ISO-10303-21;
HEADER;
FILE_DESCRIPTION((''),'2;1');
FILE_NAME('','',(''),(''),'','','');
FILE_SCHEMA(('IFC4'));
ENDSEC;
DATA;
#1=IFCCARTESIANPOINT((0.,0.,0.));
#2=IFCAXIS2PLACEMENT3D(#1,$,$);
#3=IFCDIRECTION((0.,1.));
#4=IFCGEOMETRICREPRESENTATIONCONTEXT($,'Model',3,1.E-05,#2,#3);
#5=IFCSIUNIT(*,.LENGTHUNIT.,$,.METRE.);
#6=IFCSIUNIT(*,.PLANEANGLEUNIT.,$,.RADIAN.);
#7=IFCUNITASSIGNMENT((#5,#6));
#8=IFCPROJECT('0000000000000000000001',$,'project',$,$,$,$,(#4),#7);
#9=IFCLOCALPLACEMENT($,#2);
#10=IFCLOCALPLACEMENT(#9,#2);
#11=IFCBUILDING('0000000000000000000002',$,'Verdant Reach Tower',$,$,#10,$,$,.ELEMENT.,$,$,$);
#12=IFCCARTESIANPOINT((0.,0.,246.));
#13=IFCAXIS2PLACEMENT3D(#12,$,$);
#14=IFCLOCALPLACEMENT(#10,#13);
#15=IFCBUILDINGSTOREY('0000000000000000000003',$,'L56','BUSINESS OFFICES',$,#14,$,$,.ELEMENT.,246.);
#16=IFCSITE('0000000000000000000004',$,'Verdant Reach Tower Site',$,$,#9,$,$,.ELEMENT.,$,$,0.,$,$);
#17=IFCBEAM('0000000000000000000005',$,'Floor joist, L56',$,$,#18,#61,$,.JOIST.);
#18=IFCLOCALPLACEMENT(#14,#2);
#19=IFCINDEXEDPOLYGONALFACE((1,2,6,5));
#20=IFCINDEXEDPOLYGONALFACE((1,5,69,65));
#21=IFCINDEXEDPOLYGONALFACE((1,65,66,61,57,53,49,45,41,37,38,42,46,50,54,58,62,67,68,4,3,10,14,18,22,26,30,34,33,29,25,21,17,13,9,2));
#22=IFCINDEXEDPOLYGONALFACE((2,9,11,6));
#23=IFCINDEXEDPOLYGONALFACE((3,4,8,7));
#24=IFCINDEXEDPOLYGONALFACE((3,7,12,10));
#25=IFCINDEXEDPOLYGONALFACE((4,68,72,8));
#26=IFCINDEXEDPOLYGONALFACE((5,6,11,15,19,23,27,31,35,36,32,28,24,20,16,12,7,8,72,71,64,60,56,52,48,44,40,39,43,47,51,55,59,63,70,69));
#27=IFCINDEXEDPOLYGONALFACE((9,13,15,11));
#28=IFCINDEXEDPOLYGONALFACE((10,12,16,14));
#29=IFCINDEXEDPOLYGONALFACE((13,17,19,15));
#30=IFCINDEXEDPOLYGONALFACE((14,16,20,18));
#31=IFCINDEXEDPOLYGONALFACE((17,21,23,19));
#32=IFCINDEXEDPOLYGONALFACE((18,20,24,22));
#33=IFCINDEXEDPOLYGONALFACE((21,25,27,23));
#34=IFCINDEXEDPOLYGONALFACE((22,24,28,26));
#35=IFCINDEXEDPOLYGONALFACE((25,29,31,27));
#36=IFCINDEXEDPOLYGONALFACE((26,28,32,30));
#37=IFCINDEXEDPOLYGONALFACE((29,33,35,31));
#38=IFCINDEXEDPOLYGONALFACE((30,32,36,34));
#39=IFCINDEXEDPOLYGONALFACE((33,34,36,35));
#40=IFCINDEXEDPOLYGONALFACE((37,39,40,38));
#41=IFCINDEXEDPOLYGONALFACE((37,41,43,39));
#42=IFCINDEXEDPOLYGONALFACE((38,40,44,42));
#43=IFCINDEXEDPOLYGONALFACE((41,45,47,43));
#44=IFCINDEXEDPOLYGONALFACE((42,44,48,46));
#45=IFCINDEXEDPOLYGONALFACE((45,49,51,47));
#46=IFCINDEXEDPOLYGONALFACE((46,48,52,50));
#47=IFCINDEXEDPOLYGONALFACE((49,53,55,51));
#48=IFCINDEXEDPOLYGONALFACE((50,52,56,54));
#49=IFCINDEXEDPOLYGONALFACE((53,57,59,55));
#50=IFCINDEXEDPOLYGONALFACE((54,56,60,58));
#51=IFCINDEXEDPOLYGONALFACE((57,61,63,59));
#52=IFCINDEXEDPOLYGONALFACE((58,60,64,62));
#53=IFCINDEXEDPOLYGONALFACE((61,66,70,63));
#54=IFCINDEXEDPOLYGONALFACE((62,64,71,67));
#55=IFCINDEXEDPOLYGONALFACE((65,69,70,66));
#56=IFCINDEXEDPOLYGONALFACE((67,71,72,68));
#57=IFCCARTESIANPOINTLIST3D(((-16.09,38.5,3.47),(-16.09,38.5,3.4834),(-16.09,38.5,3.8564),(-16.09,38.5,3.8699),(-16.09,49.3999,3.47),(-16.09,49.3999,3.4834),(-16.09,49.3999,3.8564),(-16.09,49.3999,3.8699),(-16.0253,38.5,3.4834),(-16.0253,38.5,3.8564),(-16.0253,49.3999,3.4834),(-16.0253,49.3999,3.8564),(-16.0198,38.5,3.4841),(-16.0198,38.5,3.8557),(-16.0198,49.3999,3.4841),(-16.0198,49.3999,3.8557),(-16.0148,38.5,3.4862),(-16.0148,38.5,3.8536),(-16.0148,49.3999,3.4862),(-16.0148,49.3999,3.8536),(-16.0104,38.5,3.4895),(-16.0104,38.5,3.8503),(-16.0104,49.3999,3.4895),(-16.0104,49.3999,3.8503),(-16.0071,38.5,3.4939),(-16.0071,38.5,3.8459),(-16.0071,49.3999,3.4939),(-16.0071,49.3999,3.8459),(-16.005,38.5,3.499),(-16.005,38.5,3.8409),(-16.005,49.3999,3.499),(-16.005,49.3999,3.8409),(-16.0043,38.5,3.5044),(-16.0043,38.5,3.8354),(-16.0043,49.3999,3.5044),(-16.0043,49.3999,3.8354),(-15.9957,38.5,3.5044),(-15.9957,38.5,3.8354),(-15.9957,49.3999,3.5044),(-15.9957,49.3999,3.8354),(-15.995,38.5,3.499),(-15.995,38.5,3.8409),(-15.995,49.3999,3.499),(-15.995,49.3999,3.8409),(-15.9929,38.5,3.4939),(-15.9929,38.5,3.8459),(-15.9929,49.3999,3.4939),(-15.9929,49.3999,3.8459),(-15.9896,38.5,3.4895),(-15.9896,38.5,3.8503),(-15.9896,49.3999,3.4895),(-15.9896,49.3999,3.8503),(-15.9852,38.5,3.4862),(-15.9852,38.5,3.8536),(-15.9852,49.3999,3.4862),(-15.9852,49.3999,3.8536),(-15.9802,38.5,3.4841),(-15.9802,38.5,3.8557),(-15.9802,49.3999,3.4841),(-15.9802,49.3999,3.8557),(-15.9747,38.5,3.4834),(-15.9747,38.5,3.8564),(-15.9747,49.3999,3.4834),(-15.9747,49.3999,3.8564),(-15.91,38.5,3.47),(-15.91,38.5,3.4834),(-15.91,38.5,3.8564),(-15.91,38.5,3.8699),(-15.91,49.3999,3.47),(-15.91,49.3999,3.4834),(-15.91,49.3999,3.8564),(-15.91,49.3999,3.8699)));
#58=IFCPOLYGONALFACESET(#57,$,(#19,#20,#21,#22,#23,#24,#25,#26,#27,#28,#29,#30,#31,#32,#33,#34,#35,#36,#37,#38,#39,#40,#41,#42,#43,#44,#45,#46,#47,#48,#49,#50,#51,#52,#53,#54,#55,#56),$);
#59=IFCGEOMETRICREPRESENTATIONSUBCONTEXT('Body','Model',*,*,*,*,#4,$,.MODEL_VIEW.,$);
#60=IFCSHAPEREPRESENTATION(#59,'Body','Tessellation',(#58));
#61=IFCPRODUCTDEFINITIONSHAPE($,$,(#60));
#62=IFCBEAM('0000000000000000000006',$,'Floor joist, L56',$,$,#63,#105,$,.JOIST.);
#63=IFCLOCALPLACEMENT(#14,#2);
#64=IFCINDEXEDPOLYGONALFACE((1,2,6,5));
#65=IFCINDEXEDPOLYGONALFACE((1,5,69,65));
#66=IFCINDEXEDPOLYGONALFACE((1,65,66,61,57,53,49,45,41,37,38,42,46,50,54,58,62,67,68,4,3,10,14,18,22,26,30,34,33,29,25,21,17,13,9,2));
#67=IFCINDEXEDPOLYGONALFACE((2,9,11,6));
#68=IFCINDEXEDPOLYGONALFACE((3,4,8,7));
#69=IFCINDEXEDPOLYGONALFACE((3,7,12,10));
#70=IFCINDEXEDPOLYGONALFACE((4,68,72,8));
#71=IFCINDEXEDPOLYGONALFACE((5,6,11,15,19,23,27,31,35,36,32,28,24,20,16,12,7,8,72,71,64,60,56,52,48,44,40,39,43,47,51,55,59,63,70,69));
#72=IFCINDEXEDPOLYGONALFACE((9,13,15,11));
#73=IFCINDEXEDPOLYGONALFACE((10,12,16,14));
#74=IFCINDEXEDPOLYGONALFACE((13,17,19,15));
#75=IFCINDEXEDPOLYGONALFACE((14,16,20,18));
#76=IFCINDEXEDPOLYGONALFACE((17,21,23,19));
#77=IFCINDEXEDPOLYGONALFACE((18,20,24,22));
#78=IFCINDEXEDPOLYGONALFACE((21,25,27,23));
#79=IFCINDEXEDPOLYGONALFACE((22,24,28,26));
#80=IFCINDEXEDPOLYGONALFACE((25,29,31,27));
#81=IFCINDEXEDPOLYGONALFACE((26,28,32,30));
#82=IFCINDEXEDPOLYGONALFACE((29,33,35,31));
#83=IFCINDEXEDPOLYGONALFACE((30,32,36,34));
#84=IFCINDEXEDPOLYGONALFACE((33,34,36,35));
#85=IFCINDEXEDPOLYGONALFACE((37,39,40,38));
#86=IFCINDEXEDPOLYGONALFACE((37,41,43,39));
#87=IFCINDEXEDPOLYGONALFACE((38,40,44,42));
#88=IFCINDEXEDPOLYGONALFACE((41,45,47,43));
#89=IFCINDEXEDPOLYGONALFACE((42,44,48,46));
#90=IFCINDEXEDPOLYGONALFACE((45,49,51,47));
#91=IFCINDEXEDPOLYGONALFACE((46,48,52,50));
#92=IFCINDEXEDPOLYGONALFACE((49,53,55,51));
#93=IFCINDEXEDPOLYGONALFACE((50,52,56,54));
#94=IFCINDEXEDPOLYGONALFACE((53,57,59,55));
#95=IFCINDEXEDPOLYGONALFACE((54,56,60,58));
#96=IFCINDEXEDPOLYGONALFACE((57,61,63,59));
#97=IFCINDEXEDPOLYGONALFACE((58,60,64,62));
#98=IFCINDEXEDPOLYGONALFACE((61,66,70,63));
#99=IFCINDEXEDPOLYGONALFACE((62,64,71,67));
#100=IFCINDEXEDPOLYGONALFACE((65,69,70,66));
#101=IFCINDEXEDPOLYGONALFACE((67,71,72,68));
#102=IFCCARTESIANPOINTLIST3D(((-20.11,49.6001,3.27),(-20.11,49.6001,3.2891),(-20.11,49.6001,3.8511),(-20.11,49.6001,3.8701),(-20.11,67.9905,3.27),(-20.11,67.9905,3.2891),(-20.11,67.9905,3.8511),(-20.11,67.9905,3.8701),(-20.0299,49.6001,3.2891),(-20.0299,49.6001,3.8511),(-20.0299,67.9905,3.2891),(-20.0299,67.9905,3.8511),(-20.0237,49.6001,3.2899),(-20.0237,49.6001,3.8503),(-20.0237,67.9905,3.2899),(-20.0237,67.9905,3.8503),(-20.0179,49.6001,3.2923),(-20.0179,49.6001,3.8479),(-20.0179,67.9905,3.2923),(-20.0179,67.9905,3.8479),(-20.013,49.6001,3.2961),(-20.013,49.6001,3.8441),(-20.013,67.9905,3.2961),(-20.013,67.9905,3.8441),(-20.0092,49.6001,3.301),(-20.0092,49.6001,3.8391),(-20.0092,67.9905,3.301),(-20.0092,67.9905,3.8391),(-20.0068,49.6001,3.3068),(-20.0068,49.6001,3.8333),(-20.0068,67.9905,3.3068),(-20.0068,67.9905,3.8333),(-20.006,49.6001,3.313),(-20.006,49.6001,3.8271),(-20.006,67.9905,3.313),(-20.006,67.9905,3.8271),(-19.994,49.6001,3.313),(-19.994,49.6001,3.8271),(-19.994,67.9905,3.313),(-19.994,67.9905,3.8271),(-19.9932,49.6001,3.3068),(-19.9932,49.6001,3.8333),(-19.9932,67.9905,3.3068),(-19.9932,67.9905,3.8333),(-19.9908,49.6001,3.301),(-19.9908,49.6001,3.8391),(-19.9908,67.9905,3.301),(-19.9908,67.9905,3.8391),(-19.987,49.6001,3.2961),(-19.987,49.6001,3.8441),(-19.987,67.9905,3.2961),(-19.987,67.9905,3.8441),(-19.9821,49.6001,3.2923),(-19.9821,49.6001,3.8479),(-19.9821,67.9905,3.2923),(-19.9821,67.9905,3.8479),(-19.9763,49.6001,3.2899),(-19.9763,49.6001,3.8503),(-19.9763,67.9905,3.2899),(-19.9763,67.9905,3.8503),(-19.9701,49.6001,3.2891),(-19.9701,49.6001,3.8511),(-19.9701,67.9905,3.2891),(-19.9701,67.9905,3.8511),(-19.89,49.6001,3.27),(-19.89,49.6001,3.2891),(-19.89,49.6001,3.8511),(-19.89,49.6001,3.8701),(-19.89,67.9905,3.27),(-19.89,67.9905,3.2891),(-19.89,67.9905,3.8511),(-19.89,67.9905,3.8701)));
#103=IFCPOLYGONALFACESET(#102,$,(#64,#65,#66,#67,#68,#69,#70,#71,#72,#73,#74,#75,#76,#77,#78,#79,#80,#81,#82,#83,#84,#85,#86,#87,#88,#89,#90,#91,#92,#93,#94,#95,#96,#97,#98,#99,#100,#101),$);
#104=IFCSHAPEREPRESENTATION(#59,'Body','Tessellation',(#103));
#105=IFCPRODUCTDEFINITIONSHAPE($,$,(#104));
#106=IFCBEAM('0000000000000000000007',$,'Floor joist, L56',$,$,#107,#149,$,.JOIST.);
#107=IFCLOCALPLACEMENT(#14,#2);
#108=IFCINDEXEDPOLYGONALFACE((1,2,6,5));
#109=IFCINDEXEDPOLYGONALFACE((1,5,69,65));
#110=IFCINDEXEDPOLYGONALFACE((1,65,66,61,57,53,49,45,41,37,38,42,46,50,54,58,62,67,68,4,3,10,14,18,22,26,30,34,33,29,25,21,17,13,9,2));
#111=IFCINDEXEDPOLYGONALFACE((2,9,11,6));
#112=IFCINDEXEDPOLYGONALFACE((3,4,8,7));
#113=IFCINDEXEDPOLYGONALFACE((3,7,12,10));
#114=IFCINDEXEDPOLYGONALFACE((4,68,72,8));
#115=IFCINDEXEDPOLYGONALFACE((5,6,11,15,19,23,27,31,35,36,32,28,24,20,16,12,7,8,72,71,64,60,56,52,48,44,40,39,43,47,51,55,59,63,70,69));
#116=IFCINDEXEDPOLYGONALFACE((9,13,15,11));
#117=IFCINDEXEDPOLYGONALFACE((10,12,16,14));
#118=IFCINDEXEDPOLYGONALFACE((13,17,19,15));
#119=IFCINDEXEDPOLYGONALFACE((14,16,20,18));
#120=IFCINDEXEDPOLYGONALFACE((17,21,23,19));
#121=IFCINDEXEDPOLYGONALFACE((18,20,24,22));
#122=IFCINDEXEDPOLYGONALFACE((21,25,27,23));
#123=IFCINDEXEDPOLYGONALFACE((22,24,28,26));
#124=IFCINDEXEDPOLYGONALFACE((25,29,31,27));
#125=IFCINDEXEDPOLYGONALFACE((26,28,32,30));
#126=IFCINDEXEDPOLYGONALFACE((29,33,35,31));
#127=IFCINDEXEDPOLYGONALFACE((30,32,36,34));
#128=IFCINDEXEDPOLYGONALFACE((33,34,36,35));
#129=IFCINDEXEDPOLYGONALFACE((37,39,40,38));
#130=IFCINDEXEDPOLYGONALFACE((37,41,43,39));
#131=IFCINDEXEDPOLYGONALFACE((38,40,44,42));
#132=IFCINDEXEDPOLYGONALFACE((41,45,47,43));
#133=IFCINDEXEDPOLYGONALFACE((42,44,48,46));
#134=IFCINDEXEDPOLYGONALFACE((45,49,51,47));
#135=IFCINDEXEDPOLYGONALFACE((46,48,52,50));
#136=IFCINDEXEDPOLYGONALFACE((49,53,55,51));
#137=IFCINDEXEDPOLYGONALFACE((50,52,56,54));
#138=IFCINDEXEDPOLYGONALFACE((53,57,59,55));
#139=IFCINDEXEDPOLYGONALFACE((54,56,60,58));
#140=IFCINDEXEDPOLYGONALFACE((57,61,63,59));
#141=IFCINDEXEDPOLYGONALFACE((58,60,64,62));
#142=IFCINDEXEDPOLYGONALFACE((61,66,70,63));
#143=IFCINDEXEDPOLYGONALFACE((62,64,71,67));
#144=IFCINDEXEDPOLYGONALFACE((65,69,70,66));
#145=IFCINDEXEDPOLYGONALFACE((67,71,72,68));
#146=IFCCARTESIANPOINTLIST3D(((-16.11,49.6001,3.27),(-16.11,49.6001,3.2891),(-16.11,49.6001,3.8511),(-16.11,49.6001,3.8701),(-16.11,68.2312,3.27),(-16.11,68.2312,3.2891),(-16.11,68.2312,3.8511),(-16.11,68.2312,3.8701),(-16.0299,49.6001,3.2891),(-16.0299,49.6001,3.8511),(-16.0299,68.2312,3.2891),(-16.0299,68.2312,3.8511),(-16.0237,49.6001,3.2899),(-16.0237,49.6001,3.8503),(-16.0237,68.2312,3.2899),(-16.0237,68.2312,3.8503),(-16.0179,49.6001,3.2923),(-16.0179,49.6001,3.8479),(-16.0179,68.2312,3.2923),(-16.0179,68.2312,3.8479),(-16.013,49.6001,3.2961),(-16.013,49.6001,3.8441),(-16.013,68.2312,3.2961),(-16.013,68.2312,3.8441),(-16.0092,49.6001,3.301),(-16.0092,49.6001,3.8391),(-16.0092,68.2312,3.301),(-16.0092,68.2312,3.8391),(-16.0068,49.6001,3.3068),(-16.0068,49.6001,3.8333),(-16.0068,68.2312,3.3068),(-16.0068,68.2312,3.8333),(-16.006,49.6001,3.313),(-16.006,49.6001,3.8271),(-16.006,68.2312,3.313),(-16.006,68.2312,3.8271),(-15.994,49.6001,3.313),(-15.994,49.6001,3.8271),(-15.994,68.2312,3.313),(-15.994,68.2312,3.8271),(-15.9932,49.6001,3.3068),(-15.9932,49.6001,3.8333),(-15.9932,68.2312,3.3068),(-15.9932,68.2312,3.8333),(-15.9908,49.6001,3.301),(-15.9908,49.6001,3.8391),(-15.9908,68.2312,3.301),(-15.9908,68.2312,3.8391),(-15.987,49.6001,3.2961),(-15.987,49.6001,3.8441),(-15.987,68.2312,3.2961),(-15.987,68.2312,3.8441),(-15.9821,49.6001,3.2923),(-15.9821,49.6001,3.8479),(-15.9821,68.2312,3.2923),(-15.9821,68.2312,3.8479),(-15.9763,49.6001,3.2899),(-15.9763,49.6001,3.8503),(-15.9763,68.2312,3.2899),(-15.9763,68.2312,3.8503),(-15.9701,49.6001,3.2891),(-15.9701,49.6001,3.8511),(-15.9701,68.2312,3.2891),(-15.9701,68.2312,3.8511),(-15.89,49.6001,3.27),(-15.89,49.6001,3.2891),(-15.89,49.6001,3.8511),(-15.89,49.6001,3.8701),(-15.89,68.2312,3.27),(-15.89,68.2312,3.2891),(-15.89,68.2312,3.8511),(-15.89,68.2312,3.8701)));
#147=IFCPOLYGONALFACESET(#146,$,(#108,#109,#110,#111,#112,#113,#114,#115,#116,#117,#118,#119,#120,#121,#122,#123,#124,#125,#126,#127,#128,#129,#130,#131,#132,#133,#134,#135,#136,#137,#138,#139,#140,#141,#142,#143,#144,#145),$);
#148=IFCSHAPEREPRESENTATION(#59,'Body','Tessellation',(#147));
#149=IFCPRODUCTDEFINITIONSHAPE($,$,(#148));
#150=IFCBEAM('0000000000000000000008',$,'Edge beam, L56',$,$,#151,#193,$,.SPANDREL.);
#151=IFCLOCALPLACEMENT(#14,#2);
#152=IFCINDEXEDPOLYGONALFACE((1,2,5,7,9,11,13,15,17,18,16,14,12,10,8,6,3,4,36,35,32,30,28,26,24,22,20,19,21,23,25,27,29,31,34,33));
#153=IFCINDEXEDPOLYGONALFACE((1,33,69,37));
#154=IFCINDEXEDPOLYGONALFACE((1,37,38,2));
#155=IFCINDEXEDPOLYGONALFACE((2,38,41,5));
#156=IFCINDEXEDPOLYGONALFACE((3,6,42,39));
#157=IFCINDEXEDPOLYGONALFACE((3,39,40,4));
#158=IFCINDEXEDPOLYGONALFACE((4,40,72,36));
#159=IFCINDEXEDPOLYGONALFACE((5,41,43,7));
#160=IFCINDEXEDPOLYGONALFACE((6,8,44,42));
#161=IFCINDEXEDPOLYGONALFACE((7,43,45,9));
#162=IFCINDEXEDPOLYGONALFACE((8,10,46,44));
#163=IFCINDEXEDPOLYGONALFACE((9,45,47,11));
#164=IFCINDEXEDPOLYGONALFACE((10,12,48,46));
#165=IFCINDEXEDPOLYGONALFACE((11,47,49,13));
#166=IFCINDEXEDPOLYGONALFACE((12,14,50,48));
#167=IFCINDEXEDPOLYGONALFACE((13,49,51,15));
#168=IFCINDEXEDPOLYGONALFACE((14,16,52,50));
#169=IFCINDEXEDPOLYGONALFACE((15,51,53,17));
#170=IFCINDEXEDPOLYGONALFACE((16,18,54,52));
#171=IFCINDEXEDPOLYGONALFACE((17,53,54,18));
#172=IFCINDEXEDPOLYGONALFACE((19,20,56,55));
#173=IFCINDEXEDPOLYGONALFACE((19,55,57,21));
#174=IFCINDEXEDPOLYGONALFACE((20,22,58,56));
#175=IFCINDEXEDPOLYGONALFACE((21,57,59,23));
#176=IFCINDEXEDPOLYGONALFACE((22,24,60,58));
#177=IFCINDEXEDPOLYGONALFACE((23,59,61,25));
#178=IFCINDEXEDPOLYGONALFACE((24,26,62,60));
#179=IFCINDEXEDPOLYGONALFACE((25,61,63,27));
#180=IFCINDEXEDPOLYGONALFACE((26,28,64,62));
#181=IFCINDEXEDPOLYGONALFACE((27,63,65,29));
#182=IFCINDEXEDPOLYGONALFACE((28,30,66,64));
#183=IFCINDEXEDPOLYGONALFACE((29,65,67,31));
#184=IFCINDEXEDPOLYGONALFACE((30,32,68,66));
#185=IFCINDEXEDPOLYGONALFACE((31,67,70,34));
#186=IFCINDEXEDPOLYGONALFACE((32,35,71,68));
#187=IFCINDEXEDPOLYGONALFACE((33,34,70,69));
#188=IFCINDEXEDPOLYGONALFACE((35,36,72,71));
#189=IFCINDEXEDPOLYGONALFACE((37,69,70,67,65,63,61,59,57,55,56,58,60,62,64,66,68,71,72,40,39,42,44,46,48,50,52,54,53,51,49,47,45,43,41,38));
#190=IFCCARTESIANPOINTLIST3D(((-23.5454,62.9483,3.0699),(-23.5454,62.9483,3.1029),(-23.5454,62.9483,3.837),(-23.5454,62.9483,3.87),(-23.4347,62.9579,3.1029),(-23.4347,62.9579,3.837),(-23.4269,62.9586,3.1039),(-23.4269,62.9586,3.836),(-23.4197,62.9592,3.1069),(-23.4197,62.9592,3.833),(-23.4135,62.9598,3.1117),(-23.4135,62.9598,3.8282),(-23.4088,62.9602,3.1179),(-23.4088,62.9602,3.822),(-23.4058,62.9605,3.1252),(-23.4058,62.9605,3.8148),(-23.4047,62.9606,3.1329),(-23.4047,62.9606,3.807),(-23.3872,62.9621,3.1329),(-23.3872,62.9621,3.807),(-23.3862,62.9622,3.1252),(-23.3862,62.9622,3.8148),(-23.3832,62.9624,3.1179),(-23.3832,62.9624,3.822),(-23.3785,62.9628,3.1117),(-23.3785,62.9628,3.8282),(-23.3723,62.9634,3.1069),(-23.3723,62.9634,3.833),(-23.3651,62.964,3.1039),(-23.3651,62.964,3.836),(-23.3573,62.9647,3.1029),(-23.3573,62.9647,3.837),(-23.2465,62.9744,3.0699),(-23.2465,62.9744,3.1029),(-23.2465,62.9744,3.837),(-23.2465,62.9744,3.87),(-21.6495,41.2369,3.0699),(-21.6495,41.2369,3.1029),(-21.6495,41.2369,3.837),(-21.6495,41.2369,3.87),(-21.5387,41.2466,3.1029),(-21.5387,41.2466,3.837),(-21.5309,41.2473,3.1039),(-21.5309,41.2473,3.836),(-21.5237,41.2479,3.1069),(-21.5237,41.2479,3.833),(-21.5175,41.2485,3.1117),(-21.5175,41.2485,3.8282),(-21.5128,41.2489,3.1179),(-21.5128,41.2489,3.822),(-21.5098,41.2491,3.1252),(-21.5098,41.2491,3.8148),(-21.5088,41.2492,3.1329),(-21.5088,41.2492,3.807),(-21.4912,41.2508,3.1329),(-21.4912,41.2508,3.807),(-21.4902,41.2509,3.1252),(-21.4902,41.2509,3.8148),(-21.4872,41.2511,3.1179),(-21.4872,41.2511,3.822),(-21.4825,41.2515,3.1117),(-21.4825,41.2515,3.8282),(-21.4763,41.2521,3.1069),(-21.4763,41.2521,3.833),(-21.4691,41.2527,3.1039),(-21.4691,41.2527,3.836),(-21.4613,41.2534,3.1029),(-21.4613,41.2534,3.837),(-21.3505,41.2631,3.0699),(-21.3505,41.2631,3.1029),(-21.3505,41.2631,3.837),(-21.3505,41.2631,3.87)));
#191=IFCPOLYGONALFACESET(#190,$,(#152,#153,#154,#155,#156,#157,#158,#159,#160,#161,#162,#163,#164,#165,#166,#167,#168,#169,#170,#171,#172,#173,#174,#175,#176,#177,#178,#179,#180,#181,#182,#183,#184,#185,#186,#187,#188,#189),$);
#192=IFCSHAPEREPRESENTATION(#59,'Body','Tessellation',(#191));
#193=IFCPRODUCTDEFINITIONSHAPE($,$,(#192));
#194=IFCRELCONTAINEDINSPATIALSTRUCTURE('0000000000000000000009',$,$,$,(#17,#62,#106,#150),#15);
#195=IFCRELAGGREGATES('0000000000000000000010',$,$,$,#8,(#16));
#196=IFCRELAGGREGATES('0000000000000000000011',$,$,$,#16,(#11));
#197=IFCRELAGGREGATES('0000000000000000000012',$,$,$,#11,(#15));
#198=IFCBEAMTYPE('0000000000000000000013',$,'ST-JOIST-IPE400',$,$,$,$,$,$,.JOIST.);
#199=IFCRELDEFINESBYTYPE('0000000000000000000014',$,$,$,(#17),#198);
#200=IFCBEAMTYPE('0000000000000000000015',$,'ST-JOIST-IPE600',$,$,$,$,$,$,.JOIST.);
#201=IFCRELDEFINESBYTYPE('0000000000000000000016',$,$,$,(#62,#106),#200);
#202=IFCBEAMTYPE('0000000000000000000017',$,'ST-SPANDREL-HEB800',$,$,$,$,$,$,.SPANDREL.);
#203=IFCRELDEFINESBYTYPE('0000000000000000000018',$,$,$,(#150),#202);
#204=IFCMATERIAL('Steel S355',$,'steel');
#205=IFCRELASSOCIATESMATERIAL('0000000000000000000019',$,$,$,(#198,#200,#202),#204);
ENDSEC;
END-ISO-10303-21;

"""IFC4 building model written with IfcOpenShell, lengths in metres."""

from ifc_helpers import new_model, si_unit, direction, frame, origin, origin_2d, place, context, subcontext, project, spatial, i_section, extrude, material, material_profile, profile_set, type_object, element, save


model = new_model("IFC4")

# Units and contexts
model_context = context("Model", 3, precision=1e-05, world=origin(), true_north=direction((0.0, 1.0)))
body_context = subcontext(model_context, "Body", "Model", "MODEL_VIEW")
ifc_project = project(units=[si_unit("LENGTHUNIT", "METRE"), si_unit("PLANEANGLEUNIT", "RADIAN")], contexts=[model_context])

# Site, building, storey
site_placement = place(None, origin())
site = spatial("IfcSite", under=ifc_project, at=site_placement, Name="Verdant Reach Tower Site", CompositionType="ELEMENT", RefElevation=0.0)
building_placement = place(site_placement, origin())
building = spatial("IfcBuilding", under=site, at=building_placement, Name="Verdant Reach Tower", CompositionType="ELEMENT")
storey_placement = place(building_placement, frame((0.0, 0.0, 246.0)))
storey = spatial("IfcBuildingStorey", under=building, at=storey_placement, Name="L56", Description="BUSINESS OFFICES", CompositionType="ELEMENT", Elevation=246.0)

# Beams
ifc_material_1 = material(Name="Steel S355", Category="steel")
ifc_material_profile_1 = material_profile(ifc_material_1, i_section(OverallWidth=0.1799, OverallDepth=0.3999, WebThickness=0.0085, FlangeThickness=0.0134, FilletRadius=0.021, at=origin_2d()), Name="IPE 400")
ifc_profile_set_1 = profile_set([ifc_material_profile_1], Name="Steel S355")
beam_type_1 = type_object("IfcBeamType", Name="ST-JOIST-IPE400", PredefinedType="JOIST", material=ifc_profile_set_1)
for number, where, z_axis, x_axis, name in (
    (1, (-16.0, 38.5, 3.6699), (0.0, 1.0, 0.0), (-1.0, 0.0, 0.0), "Floor joist, L56"),
):
    element("IfcBeam", number, at=place(storey_placement, frame(where, z_axis=z_axis, x_axis=x_axis)), inside=storey, type_object=beam_type_1, Name=name, PredefinedType="JOIST", context=body_context, shape_type="SweptSolid", body=[
        extrude(i_section(OverallWidth=0.1799, OverallDepth=0.3999, WebThickness=0.0085, FlangeThickness=0.0134, FilletRadius=0.021, at=origin_2d()), origin(), (0.0, 0.0, 1.0), 10.8999),
    ])
ifc_material_profile_2 = material_profile(ifc_material_1, i_section(OverallWidth=0.22, OverallDepth=0.6001, WebThickness=0.012, FlangeThickness=0.019, FilletRadius=0.0239, at=origin_2d()), Name="IPE 600")
ifc_profile_set_2 = profile_set([ifc_material_profile_2], Name="Steel S355")
beam_type_2 = type_object("IfcBeamType", Name="ST-JOIST-IPE600", PredefinedType="JOIST", material=ifc_profile_set_2)
beam_1_placement = place(storey_placement, frame((-20.0, 49.6001, 3.5701), z_axis=(0.0, 1.0, 0.0), x_axis=(-1.0, 0.0, 0.0)))
element("IfcBeam", 2, at=beam_1_placement, inside=storey, type_object=beam_type_2, Name="Floor joist, L56", PredefinedType="JOIST", context=body_context, shape_type="SweptSolid", body=[
    extrude(i_section(OverallWidth=0.22, OverallDepth=0.6001, WebThickness=0.012, FlangeThickness=0.019, FilletRadius=0.0239, at=origin_2d()), origin(), (0.0, 0.0, 1.0), 18.3904),
])
beam_2_placement = place(storey_placement, frame((-16.0, 49.6001, 3.5701), z_axis=(0.0, 1.0, 0.0), x_axis=(-1.0, 0.0, 0.0)))
element("IfcBeam", 3, at=beam_2_placement, inside=storey, type_object=beam_type_2, Name="Floor joist, L56", PredefinedType="JOIST", context=body_context, shape_type="SweptSolid", body=[
    extrude(i_section(OverallWidth=0.22, OverallDepth=0.6001, WebThickness=0.012, FlangeThickness=0.019, FilletRadius=0.0239, at=origin_2d()), origin(), (0.0, 0.0, 1.0), 18.6311),
])
ifc_material_profile_3 = material_profile(ifc_material_1, i_section(OverallWidth=0.3, OverallDepth=0.8, WebThickness=0.0176, FlangeThickness=0.033, FilletRadius=0.03, at=origin_2d()), Name="HEB 800")
ifc_profile_set_3 = profile_set([ifc_material_profile_3], Name="Steel S355")
beam_type_3 = type_object("IfcBeamType", Name="ST-SPANDREL-HEB800", PredefinedType="SPANDREL", material=ifc_profile_set_3)
beam_3_placement = place(storey_placement, frame((-21.5, 41.25, 3.47), z_axis=(-0.086996, 0.996209, 0.0), x_axis=(-0.996209, -0.086996, 0.0)))
element("IfcBeam", 4, at=beam_3_placement, inside=storey, type_object=beam_type_3, Name="Edge beam, L56", PredefinedType="SPANDREL", context=body_context, shape_type="SweptSolid", body=[
    extrude(i_section(OverallWidth=0.3, OverallDepth=0.8, WebThickness=0.0176, FlangeThickness=0.033, FilletRadius=0.03, at=origin_2d()), origin(), (0.0, 0.0, 1.0), 21.7939),
])

save(model, "model.ifc")
